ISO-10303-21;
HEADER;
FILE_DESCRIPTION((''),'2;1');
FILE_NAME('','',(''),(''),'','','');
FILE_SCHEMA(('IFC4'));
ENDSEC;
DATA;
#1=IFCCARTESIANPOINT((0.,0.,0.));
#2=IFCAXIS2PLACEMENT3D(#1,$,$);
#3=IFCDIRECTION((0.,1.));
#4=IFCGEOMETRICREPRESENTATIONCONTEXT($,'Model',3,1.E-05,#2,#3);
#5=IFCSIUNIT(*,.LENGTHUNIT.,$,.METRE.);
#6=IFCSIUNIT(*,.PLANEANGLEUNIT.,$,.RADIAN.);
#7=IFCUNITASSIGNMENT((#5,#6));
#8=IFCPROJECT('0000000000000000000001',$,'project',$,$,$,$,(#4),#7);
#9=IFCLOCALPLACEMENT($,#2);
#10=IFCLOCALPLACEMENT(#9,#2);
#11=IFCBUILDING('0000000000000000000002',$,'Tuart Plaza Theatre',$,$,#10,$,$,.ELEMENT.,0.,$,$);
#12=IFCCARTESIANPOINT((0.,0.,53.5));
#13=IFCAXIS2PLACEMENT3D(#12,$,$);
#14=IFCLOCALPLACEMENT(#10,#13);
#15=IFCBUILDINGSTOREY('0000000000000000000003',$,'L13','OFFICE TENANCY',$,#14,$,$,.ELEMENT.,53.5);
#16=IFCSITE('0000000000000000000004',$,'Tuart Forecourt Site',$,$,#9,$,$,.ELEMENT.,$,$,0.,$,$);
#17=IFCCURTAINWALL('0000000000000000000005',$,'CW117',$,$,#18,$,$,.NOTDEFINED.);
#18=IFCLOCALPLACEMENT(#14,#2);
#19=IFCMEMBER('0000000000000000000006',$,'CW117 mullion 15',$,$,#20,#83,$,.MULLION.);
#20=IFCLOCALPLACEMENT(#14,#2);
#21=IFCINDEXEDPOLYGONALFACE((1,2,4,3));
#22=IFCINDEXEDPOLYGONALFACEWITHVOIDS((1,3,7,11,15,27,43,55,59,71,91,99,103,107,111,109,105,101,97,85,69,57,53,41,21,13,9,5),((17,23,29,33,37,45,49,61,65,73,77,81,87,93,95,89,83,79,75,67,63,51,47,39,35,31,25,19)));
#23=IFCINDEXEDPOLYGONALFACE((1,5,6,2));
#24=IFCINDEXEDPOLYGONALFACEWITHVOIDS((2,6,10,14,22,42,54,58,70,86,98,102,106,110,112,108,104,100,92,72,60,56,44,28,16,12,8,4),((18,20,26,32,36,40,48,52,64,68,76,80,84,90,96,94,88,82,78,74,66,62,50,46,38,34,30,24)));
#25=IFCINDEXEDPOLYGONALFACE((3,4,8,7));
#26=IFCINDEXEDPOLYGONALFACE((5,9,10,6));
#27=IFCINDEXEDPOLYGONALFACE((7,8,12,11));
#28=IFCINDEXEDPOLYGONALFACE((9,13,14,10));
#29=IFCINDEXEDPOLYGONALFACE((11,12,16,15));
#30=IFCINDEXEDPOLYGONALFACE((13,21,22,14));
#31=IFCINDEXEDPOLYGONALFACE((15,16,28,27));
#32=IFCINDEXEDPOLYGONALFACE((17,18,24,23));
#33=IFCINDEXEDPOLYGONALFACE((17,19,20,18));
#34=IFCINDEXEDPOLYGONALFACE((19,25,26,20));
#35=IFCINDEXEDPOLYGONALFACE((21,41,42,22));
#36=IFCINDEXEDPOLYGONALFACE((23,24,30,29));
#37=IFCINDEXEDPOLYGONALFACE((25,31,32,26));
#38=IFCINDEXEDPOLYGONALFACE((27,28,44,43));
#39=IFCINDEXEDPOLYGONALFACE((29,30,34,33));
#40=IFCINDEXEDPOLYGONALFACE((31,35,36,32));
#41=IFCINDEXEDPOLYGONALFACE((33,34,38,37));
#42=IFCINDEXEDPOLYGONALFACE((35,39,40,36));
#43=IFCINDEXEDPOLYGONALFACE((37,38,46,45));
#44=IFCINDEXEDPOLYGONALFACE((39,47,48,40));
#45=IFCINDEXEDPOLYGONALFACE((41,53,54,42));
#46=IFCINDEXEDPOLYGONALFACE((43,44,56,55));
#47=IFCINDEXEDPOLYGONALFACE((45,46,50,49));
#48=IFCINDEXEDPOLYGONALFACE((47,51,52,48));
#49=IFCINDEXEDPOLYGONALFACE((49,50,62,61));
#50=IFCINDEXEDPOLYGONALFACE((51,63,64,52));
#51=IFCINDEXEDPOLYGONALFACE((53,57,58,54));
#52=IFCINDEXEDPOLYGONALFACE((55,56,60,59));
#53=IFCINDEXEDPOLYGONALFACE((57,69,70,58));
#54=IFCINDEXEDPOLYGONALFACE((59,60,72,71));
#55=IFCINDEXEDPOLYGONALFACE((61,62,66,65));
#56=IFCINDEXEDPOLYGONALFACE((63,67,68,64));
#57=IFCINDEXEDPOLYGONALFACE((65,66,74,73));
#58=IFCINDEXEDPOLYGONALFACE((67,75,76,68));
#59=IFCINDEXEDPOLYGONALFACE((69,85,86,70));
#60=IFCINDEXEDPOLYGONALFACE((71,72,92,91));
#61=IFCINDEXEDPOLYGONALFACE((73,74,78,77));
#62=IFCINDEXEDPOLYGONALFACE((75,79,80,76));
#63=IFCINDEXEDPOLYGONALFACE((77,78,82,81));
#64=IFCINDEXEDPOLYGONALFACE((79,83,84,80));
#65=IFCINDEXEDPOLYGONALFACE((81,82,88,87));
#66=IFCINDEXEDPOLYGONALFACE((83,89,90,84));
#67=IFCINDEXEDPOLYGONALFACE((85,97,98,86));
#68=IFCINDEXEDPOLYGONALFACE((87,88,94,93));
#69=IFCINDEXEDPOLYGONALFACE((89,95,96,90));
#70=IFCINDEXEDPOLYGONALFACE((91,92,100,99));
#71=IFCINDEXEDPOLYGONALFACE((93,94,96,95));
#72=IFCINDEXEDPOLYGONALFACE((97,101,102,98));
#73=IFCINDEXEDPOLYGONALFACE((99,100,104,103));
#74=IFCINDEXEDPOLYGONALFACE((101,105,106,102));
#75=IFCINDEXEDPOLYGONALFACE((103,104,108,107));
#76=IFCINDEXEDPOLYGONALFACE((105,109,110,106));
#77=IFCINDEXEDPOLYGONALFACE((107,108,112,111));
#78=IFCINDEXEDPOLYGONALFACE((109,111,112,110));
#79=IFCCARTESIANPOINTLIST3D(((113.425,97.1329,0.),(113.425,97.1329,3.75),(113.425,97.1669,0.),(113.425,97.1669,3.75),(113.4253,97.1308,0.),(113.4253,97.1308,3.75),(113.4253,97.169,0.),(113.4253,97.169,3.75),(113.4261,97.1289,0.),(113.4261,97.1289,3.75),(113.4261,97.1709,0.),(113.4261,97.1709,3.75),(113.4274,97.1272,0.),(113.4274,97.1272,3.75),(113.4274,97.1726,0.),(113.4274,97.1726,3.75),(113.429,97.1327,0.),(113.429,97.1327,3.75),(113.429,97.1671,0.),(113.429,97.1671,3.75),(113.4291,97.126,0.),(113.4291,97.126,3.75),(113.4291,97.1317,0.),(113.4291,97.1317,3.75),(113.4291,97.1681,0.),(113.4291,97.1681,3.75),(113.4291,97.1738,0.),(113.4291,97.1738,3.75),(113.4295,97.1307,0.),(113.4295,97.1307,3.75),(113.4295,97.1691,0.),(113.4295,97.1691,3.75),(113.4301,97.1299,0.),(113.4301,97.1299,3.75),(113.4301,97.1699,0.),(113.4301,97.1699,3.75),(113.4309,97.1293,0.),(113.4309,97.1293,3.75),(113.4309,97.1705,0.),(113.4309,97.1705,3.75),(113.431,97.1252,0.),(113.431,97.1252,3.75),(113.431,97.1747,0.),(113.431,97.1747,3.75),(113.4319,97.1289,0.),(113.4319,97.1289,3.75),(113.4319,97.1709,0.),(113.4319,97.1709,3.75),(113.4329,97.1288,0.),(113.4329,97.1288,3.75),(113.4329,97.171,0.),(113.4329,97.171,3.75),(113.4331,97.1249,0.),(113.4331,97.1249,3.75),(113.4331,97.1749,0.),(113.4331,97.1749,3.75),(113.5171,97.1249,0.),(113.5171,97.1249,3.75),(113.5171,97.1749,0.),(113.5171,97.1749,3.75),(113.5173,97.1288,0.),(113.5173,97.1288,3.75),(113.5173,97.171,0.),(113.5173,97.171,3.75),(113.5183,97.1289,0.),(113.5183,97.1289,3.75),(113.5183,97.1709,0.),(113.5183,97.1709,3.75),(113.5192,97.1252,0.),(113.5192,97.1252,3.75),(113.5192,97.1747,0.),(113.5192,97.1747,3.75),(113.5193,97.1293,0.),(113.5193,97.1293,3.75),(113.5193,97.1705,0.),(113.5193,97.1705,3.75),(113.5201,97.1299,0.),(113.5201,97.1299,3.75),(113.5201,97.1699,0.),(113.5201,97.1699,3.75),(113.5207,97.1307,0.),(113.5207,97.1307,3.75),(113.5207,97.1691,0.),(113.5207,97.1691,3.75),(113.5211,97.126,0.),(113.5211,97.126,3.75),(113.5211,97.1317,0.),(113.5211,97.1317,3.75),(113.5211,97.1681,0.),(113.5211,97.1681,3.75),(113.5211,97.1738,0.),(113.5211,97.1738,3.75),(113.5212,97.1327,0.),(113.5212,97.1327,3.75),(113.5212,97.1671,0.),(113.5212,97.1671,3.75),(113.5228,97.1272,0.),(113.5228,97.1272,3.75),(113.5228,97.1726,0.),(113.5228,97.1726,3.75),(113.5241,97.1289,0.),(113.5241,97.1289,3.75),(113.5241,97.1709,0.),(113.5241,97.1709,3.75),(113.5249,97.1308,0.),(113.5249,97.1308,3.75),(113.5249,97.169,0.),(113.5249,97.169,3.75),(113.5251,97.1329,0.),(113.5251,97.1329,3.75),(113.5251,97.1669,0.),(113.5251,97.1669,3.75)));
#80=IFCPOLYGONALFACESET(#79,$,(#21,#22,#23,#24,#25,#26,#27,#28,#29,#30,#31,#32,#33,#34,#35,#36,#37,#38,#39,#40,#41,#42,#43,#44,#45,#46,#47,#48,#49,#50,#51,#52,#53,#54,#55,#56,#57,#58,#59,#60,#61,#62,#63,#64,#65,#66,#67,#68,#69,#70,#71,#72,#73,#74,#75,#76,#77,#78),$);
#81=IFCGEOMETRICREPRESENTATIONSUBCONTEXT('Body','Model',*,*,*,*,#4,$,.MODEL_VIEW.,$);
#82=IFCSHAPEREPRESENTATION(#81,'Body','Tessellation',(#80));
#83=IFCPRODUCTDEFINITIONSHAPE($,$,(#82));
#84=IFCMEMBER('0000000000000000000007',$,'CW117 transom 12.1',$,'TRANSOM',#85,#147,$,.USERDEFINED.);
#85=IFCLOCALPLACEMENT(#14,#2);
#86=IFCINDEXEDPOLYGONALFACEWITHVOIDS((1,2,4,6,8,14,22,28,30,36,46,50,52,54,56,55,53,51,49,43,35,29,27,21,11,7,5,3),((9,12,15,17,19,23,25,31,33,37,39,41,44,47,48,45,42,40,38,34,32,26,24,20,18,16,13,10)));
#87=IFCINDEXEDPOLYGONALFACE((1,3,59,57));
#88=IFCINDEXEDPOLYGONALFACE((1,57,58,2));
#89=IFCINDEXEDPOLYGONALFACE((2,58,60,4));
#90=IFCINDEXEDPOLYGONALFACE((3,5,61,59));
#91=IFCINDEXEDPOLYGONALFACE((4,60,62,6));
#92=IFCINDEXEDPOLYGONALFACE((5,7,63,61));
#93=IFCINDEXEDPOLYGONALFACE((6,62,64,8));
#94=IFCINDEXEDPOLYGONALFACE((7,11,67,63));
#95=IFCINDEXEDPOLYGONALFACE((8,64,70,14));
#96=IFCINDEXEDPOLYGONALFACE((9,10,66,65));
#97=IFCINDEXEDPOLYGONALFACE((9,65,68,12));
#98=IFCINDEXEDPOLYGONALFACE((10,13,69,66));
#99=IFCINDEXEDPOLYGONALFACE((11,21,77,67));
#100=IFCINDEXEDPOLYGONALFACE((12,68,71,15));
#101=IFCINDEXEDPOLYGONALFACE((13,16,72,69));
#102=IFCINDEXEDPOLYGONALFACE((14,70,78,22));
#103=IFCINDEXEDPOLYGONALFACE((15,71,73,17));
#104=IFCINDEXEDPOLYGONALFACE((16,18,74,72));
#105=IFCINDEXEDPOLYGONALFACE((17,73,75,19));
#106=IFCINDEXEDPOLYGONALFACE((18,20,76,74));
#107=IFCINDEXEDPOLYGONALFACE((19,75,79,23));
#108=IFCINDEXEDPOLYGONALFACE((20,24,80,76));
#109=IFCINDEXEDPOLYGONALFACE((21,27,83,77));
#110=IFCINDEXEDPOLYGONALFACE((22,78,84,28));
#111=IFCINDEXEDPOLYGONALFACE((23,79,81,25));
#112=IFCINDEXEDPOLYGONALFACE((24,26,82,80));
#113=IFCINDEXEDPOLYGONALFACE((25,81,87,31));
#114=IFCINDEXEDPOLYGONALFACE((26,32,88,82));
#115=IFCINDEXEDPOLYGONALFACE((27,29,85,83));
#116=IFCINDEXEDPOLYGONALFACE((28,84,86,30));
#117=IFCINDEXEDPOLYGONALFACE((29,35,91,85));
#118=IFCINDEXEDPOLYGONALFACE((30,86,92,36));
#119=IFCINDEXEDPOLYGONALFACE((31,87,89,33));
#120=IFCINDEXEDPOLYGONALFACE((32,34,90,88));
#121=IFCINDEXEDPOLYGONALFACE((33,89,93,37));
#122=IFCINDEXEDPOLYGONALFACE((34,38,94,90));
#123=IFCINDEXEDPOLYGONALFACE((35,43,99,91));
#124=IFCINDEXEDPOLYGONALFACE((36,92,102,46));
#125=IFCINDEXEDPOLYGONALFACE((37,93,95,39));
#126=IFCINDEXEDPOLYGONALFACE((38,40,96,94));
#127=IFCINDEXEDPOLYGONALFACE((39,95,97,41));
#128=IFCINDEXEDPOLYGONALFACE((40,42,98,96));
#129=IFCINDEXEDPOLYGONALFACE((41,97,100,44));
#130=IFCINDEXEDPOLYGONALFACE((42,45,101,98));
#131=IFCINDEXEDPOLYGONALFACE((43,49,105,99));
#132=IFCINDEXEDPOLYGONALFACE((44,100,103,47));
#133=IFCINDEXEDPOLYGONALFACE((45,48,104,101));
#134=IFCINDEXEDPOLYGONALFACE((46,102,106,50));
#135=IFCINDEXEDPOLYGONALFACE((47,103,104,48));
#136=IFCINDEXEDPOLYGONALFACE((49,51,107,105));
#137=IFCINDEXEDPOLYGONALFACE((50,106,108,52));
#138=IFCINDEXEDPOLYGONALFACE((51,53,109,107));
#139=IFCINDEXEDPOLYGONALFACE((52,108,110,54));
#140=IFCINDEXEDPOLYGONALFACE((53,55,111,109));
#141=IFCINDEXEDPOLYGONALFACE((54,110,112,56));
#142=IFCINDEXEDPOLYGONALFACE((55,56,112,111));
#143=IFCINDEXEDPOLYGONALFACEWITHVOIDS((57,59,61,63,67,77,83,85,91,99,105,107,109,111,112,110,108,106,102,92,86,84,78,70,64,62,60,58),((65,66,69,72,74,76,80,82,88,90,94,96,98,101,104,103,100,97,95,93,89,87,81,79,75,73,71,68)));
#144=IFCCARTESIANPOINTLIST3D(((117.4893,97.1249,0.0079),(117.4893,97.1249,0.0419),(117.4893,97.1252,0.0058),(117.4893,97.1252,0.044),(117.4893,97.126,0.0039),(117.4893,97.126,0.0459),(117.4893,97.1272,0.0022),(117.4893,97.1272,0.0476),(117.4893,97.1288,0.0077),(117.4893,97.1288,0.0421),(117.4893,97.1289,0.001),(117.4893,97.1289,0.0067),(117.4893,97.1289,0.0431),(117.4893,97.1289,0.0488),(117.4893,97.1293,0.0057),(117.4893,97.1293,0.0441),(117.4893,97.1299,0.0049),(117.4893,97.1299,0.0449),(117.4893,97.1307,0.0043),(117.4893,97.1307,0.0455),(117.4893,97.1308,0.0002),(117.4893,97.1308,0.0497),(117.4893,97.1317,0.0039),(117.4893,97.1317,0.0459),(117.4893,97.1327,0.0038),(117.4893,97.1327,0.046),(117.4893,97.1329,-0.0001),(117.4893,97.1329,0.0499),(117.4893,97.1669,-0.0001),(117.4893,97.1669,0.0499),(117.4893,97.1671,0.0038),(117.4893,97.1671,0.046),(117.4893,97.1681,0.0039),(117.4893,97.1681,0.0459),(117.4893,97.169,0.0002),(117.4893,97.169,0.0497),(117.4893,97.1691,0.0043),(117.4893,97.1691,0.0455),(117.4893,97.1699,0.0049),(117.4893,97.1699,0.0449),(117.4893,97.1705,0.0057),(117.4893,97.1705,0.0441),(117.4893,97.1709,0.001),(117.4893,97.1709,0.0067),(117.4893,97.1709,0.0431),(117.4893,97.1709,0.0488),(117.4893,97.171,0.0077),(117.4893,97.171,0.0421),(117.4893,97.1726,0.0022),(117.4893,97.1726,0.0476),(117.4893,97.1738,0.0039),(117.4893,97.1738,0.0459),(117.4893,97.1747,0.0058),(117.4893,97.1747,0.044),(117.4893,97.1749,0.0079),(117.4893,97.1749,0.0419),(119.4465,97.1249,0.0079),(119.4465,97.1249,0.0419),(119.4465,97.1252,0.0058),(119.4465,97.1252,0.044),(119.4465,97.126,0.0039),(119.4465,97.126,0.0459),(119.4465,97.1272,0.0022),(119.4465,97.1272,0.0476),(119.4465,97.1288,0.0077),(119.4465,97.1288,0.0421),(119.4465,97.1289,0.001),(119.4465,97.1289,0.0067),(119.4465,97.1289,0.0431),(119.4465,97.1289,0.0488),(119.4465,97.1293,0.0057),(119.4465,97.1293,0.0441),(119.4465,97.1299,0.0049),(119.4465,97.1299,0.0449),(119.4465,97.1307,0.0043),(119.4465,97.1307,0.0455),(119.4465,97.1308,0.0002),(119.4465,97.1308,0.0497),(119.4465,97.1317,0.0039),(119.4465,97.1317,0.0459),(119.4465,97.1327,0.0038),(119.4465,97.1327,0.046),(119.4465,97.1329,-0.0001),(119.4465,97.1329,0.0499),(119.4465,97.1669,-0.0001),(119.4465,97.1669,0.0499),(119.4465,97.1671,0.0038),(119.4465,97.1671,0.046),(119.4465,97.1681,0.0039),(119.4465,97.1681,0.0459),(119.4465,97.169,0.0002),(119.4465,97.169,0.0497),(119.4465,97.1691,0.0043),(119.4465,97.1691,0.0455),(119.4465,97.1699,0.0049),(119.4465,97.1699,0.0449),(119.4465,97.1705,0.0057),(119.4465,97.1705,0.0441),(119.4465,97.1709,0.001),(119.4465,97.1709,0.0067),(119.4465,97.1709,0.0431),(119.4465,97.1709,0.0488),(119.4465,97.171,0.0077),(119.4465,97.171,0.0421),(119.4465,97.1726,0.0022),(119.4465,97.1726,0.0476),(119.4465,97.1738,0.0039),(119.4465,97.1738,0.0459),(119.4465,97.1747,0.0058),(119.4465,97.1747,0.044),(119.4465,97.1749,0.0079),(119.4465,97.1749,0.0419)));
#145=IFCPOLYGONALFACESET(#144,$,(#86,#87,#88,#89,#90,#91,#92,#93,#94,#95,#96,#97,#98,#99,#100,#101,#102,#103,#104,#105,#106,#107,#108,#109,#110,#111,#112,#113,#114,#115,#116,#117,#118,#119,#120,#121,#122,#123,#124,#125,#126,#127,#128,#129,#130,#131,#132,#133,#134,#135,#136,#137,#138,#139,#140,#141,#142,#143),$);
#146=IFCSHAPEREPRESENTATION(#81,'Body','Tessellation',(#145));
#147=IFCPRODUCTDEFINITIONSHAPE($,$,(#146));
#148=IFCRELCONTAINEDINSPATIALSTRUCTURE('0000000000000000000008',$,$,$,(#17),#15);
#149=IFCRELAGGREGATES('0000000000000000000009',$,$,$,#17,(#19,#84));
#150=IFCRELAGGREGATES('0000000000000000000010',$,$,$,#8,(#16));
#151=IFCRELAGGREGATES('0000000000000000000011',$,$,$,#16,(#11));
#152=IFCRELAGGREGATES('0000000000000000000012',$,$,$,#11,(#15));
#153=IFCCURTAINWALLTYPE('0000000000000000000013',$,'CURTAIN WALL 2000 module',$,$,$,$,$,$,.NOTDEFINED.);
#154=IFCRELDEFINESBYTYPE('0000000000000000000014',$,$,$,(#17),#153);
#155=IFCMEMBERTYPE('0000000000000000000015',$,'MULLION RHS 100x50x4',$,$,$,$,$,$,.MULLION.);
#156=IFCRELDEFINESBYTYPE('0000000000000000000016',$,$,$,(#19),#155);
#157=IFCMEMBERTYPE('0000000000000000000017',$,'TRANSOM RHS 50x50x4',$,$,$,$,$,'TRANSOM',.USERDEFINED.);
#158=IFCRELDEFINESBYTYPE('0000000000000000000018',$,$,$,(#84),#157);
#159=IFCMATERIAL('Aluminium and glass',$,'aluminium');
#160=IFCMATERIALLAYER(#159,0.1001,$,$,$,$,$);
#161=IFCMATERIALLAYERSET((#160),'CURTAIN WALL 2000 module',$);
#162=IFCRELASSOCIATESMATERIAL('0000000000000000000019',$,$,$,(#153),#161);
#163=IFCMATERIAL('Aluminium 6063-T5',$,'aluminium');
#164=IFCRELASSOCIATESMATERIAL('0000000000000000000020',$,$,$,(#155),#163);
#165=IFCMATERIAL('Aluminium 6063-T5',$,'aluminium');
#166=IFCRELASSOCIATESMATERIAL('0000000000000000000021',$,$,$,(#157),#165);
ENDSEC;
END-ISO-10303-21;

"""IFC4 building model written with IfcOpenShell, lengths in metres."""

from ifc_helpers import new_model, si_unit, direction, frame, origin, origin_2d, place, context, subcontext, project, spatial, hollow_rectangle, extrude, material, layer, layer_set, material_profile, profile_set, type_object, element, aggregate, save


model = new_model("IFC4")

# Units and contexts
model_context = context("Model", 3, precision=1e-05, world=origin(), true_north=direction((0.0, 1.0)))
body_context = subcontext(model_context, "Body", "Model", "MODEL_VIEW")
ifc_project = project(units=[si_unit("LENGTHUNIT", "METRE"), si_unit("PLANEANGLEUNIT", "RADIAN")], contexts=[model_context])

# Site, building, storey
site_placement = place(None, origin())
site = spatial("IfcSite", under=ifc_project, at=site_placement, Name="Tuart Forecourt Site", CompositionType="ELEMENT", RefElevation=0.0)
building_placement = place(site_placement, origin())
building = spatial("IfcBuilding", under=site, at=building_placement, Name="Tuart Plaza Theatre", CompositionType="ELEMENT", ElevationOfRefHeight=0.0)
storey_placement = place(building_placement, frame((0.0, 0.0, 53.5)))
storey = spatial("IfcBuildingStorey", under=building, at=storey_placement, Name="L13", Description="OFFICE TENANCY", CompositionType="ELEMENT", Elevation=53.5)

# Curtain wall, members
ifc_material_1 = material(Name="Aluminium and glass", Category="aluminium")
ifc_layer_1 = layer(ifc_material_1, 0.1001)
ifc_layer_set_1 = layer_set([ifc_layer_1], Name="CURTAIN WALL 2000 module")
curtain_wall_type = type_object("IfcCurtainWallType", Name="CURTAIN WALL 2000 module", PredefinedType="NOTDEFINED", material=ifc_layer_set_1)
curtain_wall_placement = place(storey_placement, origin())
curtain_wall = element("IfcCurtainWall", 1, at=curtain_wall_placement, inside=storey, type_object=curtain_wall_type, Name="CW117", PredefinedType="NOTDEFINED")
ifc_material_2 = material(Name="Aluminium 6063-T5", Category="aluminium")
ifc_material_profile_1 = material_profile(ifc_material_2, hollow_rectangle(XDim=0.05, YDim=0.1001, WallThickness=0.0039, InnerFilletRadius=0.0039, OuterFilletRadius=0.0081, at=origin_2d()), Name="RHS 100x50x4")
ifc_profile_set_1 = profile_set([ifc_material_profile_1], Name="Aluminium 6063-T5")
member_type_1 = type_object("IfcMemberType", Name="MULLION RHS 100x50x4", PredefinedType="MULLION", material=ifc_profile_set_1)
member_1_placement = place(storey_placement, frame((113.4751, 97.1499, 0.0), z_axis=(0.0, 0.0, 1.0), x_axis=(0.0, -1.0, 0.0)))
member_1 = element("IfcMember", 2, at=member_1_placement, type_object=member_type_1, Name="CW117 mullion 15", PredefinedType="MULLION", context=body_context, shape_type="SweptSolid", body=[
    extrude(hollow_rectangle(XDim=0.05, YDim=0.1001, WallThickness=0.0039, InnerFilletRadius=0.0039, OuterFilletRadius=0.0081, at=origin_2d()), origin(), (0.0, 0.0, 1.0), 3.75),
])
ifc_material_3 = material(Name="Aluminium 6063-T5", Category="aluminium")
ifc_material_profile_2 = material_profile(ifc_material_3, hollow_rectangle(XDim=0.05, YDim=0.05, WallThickness=0.0039, InnerFilletRadius=0.0039, OuterFilletRadius=0.0081, at=origin_2d()), Name="RHS 50x50x4")
ifc_profile_set_2 = profile_set([ifc_material_profile_2], Name="Aluminium 6063-T5")
member_type_2 = type_object("IfcMemberType", Name="TRANSOM RHS 50x50x4", ElementType="TRANSOM", PredefinedType="USERDEFINED", material=ifc_profile_set_2)
member_2_placement = place(storey_placement, frame((119.4465, 97.1499, 0.0249), z_axis=(-1.0, 0.0, 0.0), x_axis=(0.0, -1.0, 0.0)))
member_2 = element("IfcMember", 3, at=member_2_placement, type_object=member_type_2, Name="CW117 transom 12.1", ObjectType="TRANSOM", PredefinedType="USERDEFINED", context=body_context, shape_type="SweptSolid", body=[
    extrude(hollow_rectangle(XDim=0.05, YDim=0.05, WallThickness=0.0039, InnerFilletRadius=0.0039, OuterFilletRadius=0.0081, at=origin_2d()), origin(), (0.0, 0.0, 1.0), 1.9573),
])
aggregate(curtain_wall, [member_1, member_2])

save(model, "model.ifc")
